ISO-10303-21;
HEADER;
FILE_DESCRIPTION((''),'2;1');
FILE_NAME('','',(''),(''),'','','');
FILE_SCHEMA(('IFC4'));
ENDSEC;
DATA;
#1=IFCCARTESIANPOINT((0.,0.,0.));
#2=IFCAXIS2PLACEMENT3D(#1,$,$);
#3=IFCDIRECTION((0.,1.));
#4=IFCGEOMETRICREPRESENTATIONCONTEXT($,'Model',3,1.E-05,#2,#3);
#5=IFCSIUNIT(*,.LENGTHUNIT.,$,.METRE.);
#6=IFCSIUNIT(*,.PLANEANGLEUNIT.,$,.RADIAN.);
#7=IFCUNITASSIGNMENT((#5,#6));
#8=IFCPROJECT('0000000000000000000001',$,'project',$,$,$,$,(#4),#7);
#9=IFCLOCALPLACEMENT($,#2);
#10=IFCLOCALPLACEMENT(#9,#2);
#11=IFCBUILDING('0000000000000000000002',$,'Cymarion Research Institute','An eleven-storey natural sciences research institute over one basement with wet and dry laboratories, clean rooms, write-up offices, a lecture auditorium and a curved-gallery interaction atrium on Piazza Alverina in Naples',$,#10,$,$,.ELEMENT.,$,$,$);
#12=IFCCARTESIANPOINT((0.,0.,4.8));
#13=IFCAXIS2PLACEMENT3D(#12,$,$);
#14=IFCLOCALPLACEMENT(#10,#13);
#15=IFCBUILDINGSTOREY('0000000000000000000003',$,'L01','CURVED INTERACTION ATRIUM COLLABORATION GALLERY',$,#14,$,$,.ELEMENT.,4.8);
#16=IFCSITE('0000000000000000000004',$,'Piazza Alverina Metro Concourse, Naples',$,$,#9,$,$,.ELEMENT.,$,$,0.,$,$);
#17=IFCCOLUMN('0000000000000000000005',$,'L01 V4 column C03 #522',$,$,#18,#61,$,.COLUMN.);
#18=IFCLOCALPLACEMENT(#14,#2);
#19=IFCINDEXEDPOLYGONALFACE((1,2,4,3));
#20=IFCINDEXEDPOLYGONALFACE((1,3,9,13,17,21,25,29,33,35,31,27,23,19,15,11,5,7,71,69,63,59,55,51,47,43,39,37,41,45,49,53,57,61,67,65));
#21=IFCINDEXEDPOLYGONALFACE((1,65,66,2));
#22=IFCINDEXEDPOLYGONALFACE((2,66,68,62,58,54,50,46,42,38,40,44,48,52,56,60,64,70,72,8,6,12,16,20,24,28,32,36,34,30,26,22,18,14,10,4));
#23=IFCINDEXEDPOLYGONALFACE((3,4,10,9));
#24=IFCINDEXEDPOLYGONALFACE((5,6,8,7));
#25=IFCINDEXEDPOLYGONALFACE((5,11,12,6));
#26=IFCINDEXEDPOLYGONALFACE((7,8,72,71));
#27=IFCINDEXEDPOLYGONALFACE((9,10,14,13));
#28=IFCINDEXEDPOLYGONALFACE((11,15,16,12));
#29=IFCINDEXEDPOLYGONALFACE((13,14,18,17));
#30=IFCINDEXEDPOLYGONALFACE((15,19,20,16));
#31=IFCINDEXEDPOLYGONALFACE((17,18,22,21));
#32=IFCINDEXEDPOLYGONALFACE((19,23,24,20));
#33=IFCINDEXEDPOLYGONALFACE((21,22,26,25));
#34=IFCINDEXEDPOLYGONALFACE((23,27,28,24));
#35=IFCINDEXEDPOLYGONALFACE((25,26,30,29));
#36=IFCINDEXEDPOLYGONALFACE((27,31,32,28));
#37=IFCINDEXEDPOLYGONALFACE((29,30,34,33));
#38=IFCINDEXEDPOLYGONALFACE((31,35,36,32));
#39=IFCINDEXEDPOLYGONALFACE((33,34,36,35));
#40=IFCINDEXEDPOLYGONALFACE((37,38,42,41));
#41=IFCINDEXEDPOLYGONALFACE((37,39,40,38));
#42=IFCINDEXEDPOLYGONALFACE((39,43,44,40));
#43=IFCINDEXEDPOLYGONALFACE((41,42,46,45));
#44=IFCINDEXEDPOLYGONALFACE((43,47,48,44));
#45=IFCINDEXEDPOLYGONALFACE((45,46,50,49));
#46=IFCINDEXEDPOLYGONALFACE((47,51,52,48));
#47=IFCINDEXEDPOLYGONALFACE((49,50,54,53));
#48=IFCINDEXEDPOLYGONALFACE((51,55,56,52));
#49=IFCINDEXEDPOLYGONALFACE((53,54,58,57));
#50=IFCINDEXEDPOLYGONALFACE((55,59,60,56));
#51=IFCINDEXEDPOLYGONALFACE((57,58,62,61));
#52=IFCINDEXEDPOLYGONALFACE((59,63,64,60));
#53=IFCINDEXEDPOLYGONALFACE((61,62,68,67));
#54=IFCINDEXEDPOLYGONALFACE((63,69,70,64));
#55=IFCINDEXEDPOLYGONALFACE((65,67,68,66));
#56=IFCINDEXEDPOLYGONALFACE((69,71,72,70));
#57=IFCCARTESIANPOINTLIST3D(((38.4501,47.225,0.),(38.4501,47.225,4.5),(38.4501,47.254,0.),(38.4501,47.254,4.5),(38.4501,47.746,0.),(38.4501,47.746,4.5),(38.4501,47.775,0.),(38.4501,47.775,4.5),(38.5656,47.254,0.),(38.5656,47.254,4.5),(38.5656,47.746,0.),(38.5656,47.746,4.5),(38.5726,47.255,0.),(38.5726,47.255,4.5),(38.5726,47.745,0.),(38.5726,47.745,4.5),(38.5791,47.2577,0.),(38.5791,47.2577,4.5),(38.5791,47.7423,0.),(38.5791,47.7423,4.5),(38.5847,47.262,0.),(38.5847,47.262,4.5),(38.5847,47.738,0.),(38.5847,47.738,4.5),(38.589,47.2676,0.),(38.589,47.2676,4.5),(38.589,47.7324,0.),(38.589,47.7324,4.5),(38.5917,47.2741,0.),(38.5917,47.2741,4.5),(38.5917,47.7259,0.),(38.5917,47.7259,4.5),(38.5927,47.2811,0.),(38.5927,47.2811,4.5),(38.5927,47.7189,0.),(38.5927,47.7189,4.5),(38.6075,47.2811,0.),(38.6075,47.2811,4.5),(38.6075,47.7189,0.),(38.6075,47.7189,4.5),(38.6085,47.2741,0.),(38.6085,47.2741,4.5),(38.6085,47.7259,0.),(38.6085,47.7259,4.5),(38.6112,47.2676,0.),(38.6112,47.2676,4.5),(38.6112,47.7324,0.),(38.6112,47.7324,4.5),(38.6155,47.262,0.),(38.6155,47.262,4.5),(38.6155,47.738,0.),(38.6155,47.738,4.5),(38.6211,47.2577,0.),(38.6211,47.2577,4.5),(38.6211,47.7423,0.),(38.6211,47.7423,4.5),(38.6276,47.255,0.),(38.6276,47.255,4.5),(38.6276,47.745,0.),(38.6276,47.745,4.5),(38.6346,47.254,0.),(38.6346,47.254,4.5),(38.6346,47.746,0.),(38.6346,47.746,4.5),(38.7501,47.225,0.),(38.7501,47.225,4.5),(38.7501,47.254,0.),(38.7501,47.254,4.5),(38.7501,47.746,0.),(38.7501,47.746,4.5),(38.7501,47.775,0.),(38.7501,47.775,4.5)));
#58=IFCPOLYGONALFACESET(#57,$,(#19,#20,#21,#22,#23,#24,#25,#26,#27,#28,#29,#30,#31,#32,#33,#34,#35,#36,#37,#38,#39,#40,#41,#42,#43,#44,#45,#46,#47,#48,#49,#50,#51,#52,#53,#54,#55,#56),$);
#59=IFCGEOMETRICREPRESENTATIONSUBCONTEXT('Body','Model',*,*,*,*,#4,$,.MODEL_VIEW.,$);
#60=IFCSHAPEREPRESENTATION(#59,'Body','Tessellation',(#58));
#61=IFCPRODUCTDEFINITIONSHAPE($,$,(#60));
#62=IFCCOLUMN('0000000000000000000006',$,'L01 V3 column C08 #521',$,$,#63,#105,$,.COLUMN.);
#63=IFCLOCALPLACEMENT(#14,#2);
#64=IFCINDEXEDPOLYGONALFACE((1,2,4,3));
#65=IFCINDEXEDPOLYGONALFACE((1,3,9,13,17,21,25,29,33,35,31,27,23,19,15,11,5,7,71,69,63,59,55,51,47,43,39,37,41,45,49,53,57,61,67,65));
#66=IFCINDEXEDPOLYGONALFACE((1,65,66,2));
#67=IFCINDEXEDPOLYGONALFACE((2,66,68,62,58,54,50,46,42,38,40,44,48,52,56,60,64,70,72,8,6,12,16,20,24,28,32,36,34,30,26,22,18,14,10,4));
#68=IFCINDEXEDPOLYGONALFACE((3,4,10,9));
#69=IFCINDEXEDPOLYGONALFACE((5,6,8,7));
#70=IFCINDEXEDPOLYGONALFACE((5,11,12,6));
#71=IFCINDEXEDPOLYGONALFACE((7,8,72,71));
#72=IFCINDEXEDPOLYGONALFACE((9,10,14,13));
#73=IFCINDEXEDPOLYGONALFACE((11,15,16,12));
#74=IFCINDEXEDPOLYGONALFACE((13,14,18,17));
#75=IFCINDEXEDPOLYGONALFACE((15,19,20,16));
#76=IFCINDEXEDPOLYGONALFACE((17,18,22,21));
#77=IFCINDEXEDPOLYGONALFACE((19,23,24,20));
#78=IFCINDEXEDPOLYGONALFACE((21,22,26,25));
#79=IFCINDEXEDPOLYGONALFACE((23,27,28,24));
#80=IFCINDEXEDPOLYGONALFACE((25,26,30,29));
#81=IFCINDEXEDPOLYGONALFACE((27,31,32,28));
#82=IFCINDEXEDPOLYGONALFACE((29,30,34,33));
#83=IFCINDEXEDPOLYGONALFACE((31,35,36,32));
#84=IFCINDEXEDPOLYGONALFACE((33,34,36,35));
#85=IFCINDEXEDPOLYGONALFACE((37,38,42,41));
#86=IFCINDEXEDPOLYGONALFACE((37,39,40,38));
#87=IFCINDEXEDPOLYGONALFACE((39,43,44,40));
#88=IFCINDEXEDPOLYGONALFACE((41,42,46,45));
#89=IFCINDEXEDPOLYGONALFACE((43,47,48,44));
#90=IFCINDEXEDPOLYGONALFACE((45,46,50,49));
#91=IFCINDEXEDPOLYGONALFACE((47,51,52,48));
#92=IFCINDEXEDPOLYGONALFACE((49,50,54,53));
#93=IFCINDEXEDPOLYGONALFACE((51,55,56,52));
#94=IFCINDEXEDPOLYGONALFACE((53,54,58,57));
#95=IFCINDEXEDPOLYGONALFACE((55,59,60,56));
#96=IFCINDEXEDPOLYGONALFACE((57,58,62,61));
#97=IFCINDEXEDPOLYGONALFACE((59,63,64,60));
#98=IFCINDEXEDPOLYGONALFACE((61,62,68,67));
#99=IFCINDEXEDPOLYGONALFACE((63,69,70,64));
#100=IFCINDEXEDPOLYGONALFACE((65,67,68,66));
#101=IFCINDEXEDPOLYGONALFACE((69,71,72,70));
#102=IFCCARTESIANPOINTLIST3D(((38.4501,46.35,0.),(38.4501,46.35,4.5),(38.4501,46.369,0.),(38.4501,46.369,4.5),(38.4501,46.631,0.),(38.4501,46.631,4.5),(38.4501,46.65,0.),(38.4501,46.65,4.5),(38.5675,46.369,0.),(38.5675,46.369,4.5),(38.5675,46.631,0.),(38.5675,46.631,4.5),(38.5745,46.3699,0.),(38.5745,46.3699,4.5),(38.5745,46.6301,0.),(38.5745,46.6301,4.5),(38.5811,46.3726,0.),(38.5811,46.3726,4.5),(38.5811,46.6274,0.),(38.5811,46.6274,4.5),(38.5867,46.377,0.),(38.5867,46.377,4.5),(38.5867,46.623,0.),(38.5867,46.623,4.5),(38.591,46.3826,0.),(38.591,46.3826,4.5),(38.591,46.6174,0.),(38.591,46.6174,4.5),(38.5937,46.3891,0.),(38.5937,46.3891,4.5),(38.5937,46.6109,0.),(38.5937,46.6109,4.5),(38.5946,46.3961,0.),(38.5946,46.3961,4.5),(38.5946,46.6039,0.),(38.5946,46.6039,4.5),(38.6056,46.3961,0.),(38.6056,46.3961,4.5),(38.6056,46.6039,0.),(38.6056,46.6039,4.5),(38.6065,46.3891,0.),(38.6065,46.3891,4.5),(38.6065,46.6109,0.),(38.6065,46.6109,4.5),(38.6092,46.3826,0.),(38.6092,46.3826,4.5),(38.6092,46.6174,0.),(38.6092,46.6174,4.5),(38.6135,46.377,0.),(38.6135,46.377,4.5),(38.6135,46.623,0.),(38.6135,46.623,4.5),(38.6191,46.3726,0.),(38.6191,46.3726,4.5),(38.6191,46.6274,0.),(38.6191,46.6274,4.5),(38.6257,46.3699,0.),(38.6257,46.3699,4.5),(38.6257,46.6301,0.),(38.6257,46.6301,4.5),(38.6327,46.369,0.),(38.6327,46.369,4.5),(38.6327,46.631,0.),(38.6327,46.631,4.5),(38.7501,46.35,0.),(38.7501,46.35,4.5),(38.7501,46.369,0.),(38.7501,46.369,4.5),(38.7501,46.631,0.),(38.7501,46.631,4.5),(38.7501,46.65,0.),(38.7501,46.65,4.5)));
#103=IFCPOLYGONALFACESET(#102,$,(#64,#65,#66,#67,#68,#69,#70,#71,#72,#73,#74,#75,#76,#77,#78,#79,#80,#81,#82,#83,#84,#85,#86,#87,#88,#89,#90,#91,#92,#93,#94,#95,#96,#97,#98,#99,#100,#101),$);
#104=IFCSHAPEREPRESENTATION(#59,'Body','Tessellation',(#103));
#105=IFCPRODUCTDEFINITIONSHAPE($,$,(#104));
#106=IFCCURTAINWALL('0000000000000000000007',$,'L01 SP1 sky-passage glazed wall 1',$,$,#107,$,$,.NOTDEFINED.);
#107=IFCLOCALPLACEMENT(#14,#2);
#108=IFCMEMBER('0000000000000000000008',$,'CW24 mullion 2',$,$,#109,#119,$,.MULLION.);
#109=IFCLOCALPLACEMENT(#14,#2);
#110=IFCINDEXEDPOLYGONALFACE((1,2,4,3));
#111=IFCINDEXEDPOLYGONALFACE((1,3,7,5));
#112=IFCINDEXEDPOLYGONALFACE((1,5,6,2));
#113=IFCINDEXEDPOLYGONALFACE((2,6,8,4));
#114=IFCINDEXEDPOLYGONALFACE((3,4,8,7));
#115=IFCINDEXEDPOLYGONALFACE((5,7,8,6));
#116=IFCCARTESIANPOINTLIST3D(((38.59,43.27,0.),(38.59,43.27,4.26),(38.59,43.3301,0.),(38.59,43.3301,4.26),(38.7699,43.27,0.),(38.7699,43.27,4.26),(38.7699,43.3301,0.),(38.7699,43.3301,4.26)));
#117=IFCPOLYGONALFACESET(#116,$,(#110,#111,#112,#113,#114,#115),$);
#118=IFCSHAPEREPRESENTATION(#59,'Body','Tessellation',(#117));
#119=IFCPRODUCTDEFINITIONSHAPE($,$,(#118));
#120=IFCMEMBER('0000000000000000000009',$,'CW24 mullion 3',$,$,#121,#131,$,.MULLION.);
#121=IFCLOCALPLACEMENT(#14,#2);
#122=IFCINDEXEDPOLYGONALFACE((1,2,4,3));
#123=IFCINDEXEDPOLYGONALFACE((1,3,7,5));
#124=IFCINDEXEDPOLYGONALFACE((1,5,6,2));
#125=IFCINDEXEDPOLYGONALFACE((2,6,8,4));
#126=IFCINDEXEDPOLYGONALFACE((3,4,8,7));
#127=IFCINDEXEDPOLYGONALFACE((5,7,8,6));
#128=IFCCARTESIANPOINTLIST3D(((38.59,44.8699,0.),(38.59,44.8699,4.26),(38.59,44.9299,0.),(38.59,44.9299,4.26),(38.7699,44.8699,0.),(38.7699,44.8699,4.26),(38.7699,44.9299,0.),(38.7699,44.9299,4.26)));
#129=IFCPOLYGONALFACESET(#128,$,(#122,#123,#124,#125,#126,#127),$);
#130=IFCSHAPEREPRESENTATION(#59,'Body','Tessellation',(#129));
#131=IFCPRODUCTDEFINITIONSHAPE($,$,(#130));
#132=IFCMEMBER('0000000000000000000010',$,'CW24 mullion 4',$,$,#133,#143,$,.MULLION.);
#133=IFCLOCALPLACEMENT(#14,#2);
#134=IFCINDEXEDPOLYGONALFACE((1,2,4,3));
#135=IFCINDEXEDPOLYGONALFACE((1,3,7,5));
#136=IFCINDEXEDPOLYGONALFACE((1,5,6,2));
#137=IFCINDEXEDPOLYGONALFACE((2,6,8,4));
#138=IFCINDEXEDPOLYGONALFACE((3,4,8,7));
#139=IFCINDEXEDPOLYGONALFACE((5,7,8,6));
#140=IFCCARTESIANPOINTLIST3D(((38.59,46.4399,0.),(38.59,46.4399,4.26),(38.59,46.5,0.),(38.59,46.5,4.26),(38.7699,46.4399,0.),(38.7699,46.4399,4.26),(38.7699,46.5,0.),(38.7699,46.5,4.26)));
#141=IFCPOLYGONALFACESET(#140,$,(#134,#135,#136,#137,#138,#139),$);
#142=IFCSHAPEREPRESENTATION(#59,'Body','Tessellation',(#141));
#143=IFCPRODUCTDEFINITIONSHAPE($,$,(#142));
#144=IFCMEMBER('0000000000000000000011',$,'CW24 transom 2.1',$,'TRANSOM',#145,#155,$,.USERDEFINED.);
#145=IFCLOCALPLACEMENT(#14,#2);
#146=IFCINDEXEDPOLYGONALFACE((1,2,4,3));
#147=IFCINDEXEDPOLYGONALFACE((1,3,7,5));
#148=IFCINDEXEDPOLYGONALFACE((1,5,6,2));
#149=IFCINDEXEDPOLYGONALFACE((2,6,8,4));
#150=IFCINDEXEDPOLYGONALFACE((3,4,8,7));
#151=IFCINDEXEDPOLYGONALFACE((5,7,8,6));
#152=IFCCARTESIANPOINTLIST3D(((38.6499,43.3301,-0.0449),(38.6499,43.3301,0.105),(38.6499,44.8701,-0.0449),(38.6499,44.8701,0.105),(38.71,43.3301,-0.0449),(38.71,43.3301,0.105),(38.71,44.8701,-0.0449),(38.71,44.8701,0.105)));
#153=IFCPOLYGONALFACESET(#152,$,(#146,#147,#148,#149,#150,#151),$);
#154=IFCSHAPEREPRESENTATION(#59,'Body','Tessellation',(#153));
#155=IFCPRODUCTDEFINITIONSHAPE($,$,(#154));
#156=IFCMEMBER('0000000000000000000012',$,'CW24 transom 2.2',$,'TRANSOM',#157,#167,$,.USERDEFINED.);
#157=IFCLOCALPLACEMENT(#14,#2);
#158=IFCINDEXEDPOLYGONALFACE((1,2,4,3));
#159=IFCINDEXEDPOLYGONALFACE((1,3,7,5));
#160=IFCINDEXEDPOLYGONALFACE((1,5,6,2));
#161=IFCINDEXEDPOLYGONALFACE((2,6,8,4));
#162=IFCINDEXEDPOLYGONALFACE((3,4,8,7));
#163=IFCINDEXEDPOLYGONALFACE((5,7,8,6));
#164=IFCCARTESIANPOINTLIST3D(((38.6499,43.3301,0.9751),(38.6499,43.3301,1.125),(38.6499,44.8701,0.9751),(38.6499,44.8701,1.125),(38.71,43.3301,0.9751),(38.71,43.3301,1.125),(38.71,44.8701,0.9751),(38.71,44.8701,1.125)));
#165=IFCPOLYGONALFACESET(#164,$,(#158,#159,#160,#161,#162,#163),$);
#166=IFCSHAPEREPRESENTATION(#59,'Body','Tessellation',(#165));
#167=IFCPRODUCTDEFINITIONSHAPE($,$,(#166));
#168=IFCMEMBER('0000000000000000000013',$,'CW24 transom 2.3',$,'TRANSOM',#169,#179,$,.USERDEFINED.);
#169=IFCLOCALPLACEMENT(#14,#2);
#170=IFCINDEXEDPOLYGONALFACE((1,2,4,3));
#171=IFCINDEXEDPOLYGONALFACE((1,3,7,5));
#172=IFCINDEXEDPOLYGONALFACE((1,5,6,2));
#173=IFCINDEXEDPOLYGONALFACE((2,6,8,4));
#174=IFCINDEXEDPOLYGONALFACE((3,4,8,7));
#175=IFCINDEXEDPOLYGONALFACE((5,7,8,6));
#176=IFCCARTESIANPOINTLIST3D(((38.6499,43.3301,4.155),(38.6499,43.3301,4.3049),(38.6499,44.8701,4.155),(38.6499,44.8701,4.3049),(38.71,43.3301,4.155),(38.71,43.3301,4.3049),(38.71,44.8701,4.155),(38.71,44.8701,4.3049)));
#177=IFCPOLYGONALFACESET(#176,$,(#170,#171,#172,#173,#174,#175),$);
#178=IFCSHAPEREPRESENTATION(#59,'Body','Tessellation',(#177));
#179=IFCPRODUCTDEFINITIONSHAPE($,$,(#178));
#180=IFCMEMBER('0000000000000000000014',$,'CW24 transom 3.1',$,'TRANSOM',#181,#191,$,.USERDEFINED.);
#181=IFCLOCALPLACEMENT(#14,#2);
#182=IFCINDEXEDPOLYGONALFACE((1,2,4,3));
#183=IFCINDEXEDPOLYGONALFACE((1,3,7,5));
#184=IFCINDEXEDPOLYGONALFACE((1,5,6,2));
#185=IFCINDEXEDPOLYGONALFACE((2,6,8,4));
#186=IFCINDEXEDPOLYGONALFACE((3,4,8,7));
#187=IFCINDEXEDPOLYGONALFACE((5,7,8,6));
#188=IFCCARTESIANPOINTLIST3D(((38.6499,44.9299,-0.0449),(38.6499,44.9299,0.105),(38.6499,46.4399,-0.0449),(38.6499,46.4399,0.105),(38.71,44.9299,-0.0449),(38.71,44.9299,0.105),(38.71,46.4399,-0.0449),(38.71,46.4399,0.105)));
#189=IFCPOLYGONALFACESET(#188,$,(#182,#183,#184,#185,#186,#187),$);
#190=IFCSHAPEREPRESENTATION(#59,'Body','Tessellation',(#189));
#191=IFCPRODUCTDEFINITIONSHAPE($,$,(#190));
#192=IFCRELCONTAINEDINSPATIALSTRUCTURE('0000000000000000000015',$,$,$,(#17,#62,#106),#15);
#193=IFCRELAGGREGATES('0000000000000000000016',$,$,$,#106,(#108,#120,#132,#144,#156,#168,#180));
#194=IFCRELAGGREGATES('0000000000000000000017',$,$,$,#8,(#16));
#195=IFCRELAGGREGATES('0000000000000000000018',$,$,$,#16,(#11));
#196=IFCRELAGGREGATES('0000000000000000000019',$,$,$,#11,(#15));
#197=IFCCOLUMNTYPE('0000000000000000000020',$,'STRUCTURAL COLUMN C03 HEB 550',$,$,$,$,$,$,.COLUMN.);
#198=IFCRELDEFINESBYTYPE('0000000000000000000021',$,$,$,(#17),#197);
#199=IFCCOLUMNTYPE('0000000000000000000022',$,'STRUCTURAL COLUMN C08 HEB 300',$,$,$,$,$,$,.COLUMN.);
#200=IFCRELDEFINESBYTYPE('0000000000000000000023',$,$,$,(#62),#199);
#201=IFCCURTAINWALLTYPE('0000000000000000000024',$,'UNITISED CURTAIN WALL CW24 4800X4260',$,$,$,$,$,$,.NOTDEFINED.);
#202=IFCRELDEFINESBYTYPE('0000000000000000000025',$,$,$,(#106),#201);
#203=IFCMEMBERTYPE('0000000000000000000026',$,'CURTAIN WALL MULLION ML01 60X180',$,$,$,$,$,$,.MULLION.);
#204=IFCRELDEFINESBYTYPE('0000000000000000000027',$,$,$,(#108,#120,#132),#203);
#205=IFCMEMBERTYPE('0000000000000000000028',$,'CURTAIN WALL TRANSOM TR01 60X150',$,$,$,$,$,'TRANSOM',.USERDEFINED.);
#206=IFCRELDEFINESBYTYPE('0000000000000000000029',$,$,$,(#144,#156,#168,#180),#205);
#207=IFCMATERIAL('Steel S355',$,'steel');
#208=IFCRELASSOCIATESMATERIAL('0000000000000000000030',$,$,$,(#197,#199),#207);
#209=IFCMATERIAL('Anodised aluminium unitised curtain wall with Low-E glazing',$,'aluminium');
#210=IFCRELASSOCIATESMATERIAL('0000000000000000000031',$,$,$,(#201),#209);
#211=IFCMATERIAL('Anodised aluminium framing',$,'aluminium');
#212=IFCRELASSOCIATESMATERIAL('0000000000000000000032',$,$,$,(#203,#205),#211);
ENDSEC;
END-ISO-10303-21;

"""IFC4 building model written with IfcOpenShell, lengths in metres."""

from ifc_helpers import new_model, si_unit, direction, frame, origin, origin_2d, place, context, subcontext, project, spatial, rectangle, i_section, extrude, material, material_profile, profile_set, type_object, element, aggregate, save


model = new_model("IFC4")

# Units and contexts
model_context = context("Model", 3, precision=1e-05, world=origin(), true_north=direction((0.0, 1.0)))
body_context = subcontext(model_context, "Body", "Model", "MODEL_VIEW")
ifc_project = project(units=[si_unit("LENGTHUNIT", "METRE"), si_unit("PLANEANGLEUNIT", "RADIAN")], contexts=[model_context])

# Site, building, storey
site_placement = place(None, origin())
site = spatial("IfcSite", under=ifc_project, at=site_placement, Name="Piazza Alverina Metro Concourse, Naples", CompositionType="ELEMENT", RefElevation=0.0)
building_placement = place(site_placement, origin())
building = spatial("IfcBuilding", under=site, at=building_placement, Name="Cymarion Research Institute", Description="An eleven-storey natural sciences research institute over one basement with wet and dry laboratories, clean rooms, write-up offices, a lecture auditorium and a curved-gallery interaction atrium on Piazza Alverina in Naples", CompositionType="ELEMENT")
storey_placement = place(building_placement, frame((0.0, 0.0, 4.8)))
storey = spatial("IfcBuildingStorey", under=building, at=storey_placement, Name="L01", Description="CURVED INTERACTION ATRIUM COLLABORATION GALLERY", CompositionType="ELEMENT", Elevation=4.8)

# Columns
ifc_material_1 = material(Name="Steel S355", Category="steel")
ifc_material_profile_1 = material_profile(ifc_material_1, i_section(OverallWidth=0.3, OverallDepth=0.55, WebThickness=0.0149, FlangeThickness=0.0291, FilletRadius=0.0271, at=origin_2d()), Name="HEB 550")
ifc_profile_set_1 = profile_set([ifc_material_profile_1], Name="Steel S355")
column_type_1 = type_object("IfcColumnType", Name="STRUCTURAL COLUMN C03 HEB 550", PredefinedType="COLUMN", material=ifc_profile_set_1)
column_1_placement = place(storey_placement, frame((38.6001, 47.5, 0.0), z_axis=(0.0, 0.0, 1.0), x_axis=(1.0, 0.0, 0.0)))
element("IfcColumn", 1, at=column_1_placement, inside=storey, type_object=column_type_1, Name="L01 V4 column C03 #522", PredefinedType="COLUMN", context=body_context, shape_type="SweptSolid", body=[
    extrude(i_section(OverallWidth=0.3, OverallDepth=0.55, WebThickness=0.0149, FlangeThickness=0.0291, FilletRadius=0.0271, at=origin_2d()), origin(), (0.0, 0.0, 1.0), 4.5),
])
ifc_material_profile_2 = material_profile(ifc_material_1, i_section(OverallWidth=0.3, OverallDepth=0.3, WebThickness=0.011, FlangeThickness=0.019, FilletRadius=0.0271, at=origin_2d()), Name="HEB 300")
ifc_profile_set_2 = profile_set([ifc_material_profile_2], Name="Steel S355")
column_type_2 = type_object("IfcColumnType", Name="STRUCTURAL COLUMN C08 HEB 300", PredefinedType="COLUMN", material=ifc_profile_set_2)
column_2_placement = place(storey_placement, frame((38.6001, 46.5, 0.0), z_axis=(0.0, 0.0, 1.0), x_axis=(1.0, 0.0, 0.0)))
element("IfcColumn", 2, at=column_2_placement, inside=storey, type_object=column_type_2, Name="L01 V3 column C08 #521", PredefinedType="COLUMN", context=body_context, shape_type="SweptSolid", body=[
    extrude(i_section(OverallWidth=0.3, OverallDepth=0.3, WebThickness=0.011, FlangeThickness=0.019, FilletRadius=0.0271, at=origin_2d()), origin(), (0.0, 0.0, 1.0), 4.5),
])

# Curtain wall, members
ifc_material_2 = material(Name="Anodised aluminium unitised curtain wall with Low-E glazing", Category="aluminium")
curtain_wall_type = type_object("IfcCurtainWallType", Name="UNITISED CURTAIN WALL CW24 4800X4260", PredefinedType="NOTDEFINED", material=ifc_material_2)
curtain_wall_placement = place(storey_placement, origin())
curtain_wall = element("IfcCurtainWall", 3, at=curtain_wall_placement, inside=storey, type_object=curtain_wall_type, Name="L01 SP1 sky-passage glazed wall 1", PredefinedType="NOTDEFINED")
ifc_material_3 = material(Name="Anodised aluminium framing", Category="aluminium")
ifc_material_profile_3 = material_profile(ifc_material_3, rectangle(XDim=0.0601, YDim=0.1799, at=origin_2d()), Name="ALU MULLION 60x180")
ifc_profile_set_3 = profile_set([ifc_material_profile_3], Name="Anodised aluminium framing")
member_type_1 = type_object("IfcMemberType", Name="CURTAIN WALL MULLION ML01 60X180", PredefinedType="MULLION", material=ifc_profile_set_3)
member_1_placement = place(storey_placement, frame((38.6799, 43.3, 0.0), z_axis=(0.0, 0.0, 1.0), x_axis=(0.0, 1.0, 0.0)))
member_1 = element("IfcMember", 4, at=member_1_placement, type_object=member_type_1, Name="CW24 mullion 2", PredefinedType="MULLION", context=body_context, shape_type="SweptSolid", body=[
    extrude(rectangle(XDim=0.0601, YDim=0.1799, at=origin_2d()), origin(), (0.0, 0.0, 1.0), 4.26),
])
member_2_placement = place(storey_placement, frame((38.6799, 44.8999, 0.0), z_axis=(0.0, 0.0, 1.0), x_axis=(0.0, 1.0, 0.0)))
member_2 = element("IfcMember", 5, at=member_2_placement, type_object=member_type_1, Name="CW24 mullion 3", PredefinedType="MULLION", context=body_context, shape_type="SweptSolid", body=[
    extrude(rectangle(XDim=0.0601, YDim=0.1799, at=origin_2d()), origin(), (0.0, 0.0, 1.0), 4.26),
])
member_3_placement = place(storey_placement, frame((38.6799, 46.47, 0.0), z_axis=(0.0, 0.0, 1.0), x_axis=(0.0, 1.0, 0.0)))
member_3 = element("IfcMember", 6, at=member_3_placement, type_object=member_type_1, Name="CW24 mullion 4", PredefinedType="MULLION", context=body_context, shape_type="SweptSolid", body=[
    extrude(rectangle(XDim=0.0601, YDim=0.1799, at=origin_2d()), origin(), (0.0, 0.0, 1.0), 4.26),
])
ifc_material_profile_4 = material_profile(ifc_material_3, rectangle(XDim=0.0601, YDim=0.1499, at=origin_2d()), Name="ALU TRANSOM 60x150")
ifc_profile_set_4 = profile_set([ifc_material_profile_4], Name="Anodised aluminium framing")
member_type_2 = type_object("IfcMemberType", Name="CURTAIN WALL TRANSOM TR01 60X150", ElementType="TRANSOM", PredefinedType="USERDEFINED", material=ifc_profile_set_4)
member_4_placement = place(storey_placement, frame((38.6799, 43.3301, 0.03), z_axis=(0.0, 1.0, 0.0), x_axis=(-1.0, 0.0, 0.0)))
member_4 = element("IfcMember", 7, at=member_4_placement, type_object=member_type_2, Name="CW24 transom 2.1", ObjectType="TRANSOM", PredefinedType="USERDEFINED", context=body_context, shape_type="SweptSolid", body=[
    extrude(rectangle(XDim=0.0601, YDim=0.1499, at=origin_2d()), origin(), (0.0, 0.0, 1.0), 1.54),
])
member_5_placement = place(storey_placement, frame((38.6799, 43.3301, 1.05), z_axis=(0.0, 1.0, 0.0), x_axis=(-1.0, 0.0, 0.0)))
member_5 = element("IfcMember", 8, at=member_5_placement, type_object=member_type_2, Name="CW24 transom 2.2", ObjectType="TRANSOM", PredefinedType="USERDEFINED", context=body_context, shape_type="SweptSolid", body=[
    extrude(rectangle(XDim=0.0601, YDim=0.1499, at=origin_2d()), origin(), (0.0, 0.0, 1.0), 1.54),
])
member_6_placement = place(storey_placement, frame((38.6799, 43.3301, 4.23), z_axis=(0.0, 1.0, 0.0), x_axis=(-1.0, 0.0, 0.0)))
member_6 = element("IfcMember", 9, at=member_6_placement, type_object=member_type_2, Name="CW24 transom 2.3", ObjectType="TRANSOM", PredefinedType="USERDEFINED", context=body_context, shape_type="SweptSolid", body=[
    extrude(rectangle(XDim=0.0601, YDim=0.1499, at=origin_2d()), origin(), (0.0, 0.0, 1.0), 1.54),
])
member_7_placement = place(storey_placement, frame((38.6799, 44.9299, 0.03), z_axis=(0.0, 1.0, 0.0), x_axis=(-1.0, 0.0, 0.0)))
member_7 = element("IfcMember", 10, at=member_7_placement, type_object=member_type_2, Name="CW24 transom 3.1", ObjectType="TRANSOM", PredefinedType="USERDEFINED", context=body_context, shape_type="SweptSolid", body=[
    extrude(rectangle(XDim=0.0601, YDim=0.1499, at=origin_2d()), origin(), (0.0, 0.0, 1.0), 1.51),
])

aggregate(curtain_wall, [member_1, member_2, member_3, member_4, member_5, member_6, member_7])

save(model, "model.ifc")
